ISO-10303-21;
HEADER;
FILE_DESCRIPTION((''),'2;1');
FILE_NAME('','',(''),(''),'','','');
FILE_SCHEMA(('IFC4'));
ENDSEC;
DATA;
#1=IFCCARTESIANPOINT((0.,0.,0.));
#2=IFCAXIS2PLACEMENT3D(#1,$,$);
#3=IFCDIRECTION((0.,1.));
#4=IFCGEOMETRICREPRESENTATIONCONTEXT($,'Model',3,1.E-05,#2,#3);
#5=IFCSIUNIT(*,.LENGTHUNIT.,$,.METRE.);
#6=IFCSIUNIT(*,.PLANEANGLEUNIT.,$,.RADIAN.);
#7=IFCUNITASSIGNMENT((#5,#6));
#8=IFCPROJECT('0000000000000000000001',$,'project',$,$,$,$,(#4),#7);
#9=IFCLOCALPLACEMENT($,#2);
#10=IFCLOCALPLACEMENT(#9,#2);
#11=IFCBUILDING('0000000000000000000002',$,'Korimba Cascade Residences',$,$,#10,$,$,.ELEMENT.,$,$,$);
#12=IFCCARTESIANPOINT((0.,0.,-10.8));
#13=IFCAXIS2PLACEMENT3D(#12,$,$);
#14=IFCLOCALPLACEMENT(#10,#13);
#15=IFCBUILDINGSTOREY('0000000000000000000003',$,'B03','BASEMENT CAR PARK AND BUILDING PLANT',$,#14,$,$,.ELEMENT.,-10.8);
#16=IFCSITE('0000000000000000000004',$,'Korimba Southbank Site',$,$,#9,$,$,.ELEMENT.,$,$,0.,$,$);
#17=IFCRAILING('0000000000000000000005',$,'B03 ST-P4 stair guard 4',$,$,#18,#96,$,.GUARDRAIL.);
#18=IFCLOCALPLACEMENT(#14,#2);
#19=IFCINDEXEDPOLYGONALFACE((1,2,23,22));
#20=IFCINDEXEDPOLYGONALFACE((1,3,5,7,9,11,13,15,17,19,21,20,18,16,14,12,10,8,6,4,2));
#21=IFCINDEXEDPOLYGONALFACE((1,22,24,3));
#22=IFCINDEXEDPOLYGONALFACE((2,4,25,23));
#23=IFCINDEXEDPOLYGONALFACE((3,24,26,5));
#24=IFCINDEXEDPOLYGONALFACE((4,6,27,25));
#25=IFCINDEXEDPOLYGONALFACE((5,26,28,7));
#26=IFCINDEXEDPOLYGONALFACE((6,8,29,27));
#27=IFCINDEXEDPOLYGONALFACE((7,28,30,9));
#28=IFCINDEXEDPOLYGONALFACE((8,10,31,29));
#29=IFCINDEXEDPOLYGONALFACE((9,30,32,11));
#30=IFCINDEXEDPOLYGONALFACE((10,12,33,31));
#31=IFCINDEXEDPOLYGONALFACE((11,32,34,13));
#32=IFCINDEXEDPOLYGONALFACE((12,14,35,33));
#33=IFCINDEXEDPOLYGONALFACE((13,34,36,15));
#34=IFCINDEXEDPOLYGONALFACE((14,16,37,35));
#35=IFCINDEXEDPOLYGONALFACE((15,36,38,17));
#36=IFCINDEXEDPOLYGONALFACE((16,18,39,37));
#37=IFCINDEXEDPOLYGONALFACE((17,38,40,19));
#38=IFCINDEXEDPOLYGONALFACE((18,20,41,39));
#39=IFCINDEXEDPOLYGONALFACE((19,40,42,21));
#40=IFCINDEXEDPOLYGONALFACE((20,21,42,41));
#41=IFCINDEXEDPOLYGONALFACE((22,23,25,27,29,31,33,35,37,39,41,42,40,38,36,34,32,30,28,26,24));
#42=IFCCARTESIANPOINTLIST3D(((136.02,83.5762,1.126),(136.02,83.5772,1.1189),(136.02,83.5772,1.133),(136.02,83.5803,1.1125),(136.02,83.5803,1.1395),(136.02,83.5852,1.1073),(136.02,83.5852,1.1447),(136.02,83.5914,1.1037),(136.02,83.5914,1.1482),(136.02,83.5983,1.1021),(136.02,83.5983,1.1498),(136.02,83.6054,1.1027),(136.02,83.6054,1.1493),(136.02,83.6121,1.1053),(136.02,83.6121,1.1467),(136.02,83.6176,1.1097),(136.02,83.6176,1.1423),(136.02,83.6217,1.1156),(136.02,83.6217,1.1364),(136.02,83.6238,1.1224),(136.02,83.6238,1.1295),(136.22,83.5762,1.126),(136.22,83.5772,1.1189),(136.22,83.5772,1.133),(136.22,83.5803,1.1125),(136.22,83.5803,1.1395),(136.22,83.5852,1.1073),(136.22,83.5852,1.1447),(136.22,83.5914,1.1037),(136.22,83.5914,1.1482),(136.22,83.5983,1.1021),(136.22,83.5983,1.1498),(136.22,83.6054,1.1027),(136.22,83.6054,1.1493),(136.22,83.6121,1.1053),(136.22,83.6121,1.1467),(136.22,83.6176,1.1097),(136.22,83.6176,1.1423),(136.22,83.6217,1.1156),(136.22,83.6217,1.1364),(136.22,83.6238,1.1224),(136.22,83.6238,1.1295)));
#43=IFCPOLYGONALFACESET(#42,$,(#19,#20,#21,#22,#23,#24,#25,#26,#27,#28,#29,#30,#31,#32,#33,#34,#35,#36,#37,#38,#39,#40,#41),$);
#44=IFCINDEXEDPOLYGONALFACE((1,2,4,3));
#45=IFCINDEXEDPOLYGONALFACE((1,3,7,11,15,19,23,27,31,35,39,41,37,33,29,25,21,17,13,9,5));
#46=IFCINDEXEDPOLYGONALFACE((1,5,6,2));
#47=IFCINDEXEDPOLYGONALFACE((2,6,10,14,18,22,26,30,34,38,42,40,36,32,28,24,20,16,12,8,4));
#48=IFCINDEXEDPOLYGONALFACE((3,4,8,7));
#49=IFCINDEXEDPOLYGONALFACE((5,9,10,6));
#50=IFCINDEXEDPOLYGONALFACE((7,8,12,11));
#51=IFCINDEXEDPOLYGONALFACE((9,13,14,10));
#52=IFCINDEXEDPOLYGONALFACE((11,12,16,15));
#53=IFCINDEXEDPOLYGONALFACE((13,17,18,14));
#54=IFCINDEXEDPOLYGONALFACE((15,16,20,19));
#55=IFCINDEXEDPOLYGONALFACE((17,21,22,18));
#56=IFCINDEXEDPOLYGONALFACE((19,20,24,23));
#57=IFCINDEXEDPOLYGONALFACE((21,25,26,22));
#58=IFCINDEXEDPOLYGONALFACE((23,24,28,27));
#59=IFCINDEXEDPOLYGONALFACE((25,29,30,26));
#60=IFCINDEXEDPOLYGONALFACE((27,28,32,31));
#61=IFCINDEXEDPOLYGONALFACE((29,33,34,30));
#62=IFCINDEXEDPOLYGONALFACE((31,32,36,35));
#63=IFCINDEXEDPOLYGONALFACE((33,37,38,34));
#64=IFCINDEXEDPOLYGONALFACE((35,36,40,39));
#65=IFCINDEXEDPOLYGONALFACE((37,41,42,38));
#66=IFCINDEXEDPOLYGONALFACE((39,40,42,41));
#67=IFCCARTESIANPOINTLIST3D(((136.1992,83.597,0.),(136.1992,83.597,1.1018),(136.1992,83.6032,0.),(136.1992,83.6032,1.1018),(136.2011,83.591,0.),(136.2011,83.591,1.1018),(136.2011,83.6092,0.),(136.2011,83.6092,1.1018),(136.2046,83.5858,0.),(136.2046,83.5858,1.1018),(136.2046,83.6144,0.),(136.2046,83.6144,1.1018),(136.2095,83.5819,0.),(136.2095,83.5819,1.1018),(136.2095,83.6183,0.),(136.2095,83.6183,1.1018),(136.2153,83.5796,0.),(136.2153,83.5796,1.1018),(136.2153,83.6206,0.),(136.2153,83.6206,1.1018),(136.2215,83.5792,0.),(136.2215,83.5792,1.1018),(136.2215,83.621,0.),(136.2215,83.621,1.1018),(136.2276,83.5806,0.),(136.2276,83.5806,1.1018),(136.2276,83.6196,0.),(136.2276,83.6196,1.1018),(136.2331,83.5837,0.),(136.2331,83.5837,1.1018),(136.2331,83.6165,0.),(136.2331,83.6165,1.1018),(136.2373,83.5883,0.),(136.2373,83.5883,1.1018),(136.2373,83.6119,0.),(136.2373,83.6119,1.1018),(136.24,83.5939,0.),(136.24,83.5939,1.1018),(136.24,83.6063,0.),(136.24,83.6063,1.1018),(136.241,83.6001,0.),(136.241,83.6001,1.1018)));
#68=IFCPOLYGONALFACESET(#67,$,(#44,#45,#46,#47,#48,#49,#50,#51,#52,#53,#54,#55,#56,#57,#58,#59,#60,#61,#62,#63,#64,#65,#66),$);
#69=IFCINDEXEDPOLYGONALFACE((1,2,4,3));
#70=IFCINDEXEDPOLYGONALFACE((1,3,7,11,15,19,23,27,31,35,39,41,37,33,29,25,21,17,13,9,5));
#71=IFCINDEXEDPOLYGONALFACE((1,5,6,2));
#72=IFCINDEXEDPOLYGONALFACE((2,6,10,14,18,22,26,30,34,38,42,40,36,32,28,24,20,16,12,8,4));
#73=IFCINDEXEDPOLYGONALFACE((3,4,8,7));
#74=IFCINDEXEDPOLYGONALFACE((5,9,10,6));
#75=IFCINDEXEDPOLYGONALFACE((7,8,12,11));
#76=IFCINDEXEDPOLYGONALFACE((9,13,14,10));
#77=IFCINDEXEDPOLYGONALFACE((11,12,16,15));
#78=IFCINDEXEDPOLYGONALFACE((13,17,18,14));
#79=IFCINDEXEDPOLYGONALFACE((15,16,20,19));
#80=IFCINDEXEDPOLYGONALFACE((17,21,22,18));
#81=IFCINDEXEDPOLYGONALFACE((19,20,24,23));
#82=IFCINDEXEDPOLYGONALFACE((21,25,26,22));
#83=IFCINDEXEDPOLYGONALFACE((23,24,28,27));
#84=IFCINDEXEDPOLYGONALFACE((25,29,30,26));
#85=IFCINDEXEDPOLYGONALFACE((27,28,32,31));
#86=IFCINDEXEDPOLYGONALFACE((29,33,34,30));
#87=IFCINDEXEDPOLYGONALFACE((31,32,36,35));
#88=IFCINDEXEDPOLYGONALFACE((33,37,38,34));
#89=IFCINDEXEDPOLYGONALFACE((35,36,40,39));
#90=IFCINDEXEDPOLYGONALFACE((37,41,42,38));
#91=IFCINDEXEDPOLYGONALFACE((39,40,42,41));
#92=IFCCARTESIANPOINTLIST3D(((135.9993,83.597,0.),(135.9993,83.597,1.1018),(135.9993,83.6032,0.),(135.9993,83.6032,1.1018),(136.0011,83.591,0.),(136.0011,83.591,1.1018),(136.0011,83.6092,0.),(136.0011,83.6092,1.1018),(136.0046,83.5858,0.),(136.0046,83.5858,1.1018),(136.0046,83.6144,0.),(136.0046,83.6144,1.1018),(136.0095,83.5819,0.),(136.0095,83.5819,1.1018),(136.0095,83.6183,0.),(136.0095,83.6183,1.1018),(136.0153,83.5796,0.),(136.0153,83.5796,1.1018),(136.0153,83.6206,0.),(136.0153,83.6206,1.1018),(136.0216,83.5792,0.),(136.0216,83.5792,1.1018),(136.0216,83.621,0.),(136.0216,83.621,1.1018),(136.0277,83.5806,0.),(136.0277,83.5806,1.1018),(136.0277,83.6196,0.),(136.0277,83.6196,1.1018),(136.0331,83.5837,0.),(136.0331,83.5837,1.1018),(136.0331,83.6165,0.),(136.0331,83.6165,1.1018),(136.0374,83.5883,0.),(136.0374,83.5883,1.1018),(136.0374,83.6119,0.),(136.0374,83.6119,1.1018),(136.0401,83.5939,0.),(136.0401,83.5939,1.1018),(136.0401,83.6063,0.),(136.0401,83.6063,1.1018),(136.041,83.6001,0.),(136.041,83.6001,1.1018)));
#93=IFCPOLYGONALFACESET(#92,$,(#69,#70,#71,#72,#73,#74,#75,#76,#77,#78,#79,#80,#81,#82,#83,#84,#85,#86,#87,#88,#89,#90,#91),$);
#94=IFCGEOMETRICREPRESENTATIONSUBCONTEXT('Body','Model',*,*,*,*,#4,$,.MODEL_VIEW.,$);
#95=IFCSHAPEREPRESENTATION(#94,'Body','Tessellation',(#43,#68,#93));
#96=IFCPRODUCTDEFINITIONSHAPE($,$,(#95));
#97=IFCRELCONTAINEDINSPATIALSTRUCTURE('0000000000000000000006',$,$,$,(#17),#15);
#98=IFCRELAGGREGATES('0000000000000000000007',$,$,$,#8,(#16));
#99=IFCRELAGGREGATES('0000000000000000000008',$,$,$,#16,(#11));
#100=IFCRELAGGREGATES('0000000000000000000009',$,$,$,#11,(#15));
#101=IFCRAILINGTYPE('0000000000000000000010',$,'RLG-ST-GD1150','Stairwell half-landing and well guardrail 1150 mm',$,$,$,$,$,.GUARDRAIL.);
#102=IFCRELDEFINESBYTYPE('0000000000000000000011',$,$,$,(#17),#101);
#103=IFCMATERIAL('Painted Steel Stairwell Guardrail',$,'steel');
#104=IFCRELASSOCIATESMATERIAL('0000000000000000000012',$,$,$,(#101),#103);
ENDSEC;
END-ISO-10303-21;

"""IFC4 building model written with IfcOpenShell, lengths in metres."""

from ifc_helpers import new_model, si_unit, direction, frame, origin, origin_2d, place, context, subcontext, project, spatial, circle, extrude, material, type_object, element, save


model = new_model("IFC4")

# Units and contexts
model_context = context("Model", 3, precision=1e-05, world=origin(), true_north=direction((0.0, 1.0)))
body_context = subcontext(model_context, "Body", "Model", "MODEL_VIEW")
ifc_project = project(units=[si_unit("LENGTHUNIT", "METRE"), si_unit("PLANEANGLEUNIT", "RADIAN")], contexts=[model_context])

# Site, building, storey
site_placement = place(None, origin())
site = spatial("IfcSite", under=ifc_project, at=site_placement, Name="Korimba Southbank Site", CompositionType="ELEMENT", RefElevation=0.0)
building_placement = place(site_placement, origin())
building = spatial("IfcBuilding", under=site, at=building_placement, Name="Korimba Cascade Residences", CompositionType="ELEMENT")
storey_placement = place(building_placement, frame((0.0, 0.0, -10.8)))
storey = spatial("IfcBuildingStorey", under=building, at=storey_placement, Name="B03", Description="BASEMENT CAR PARK AND BUILDING PLANT", CompositionType="ELEMENT", Elevation=-10.8)

# Railing
ifc_material_1 = material(Name="Painted Steel Stairwell Guardrail", Category="steel")
railing_type_1 = type_object("IfcRailingType", Name="RLG-ST-GD1150", Description="Stairwell half-landing and well guardrail 1150 mm", PredefinedType="GUARDRAIL", material=ifc_material_1)
railing_1_placement = place(storey_placement, frame((136.22, 83.6001, 0.0)))
element("IfcRailing", 1, at=railing_1_placement, inside=storey, type_object=railing_type_1, Name="B03 ST-P4 stair guard 4", PredefinedType="GUARDRAIL", context=body_context, shape_type="SweptSolid", body=[
    extrude(circle(Radius=0.0239, at=origin_2d()), frame((0.0, 0.0, 1.126), z_axis=(-1.0, 0.0, 0.0), x_axis=(0.0, -1.0, 0.0)), (0.0, 0.0, 1.0), 0.2),
    extrude(circle(Radius=0.021, at=origin_2d()), origin(), (0.0, 0.0, 1.0), 1.1018),
    extrude(circle(Radius=0.021, at=origin_2d()), frame((-0.2, 0.0, 0.0)), (0.0, 0.0, 1.0), 1.1018),
])

save(model, "model.ifc")
